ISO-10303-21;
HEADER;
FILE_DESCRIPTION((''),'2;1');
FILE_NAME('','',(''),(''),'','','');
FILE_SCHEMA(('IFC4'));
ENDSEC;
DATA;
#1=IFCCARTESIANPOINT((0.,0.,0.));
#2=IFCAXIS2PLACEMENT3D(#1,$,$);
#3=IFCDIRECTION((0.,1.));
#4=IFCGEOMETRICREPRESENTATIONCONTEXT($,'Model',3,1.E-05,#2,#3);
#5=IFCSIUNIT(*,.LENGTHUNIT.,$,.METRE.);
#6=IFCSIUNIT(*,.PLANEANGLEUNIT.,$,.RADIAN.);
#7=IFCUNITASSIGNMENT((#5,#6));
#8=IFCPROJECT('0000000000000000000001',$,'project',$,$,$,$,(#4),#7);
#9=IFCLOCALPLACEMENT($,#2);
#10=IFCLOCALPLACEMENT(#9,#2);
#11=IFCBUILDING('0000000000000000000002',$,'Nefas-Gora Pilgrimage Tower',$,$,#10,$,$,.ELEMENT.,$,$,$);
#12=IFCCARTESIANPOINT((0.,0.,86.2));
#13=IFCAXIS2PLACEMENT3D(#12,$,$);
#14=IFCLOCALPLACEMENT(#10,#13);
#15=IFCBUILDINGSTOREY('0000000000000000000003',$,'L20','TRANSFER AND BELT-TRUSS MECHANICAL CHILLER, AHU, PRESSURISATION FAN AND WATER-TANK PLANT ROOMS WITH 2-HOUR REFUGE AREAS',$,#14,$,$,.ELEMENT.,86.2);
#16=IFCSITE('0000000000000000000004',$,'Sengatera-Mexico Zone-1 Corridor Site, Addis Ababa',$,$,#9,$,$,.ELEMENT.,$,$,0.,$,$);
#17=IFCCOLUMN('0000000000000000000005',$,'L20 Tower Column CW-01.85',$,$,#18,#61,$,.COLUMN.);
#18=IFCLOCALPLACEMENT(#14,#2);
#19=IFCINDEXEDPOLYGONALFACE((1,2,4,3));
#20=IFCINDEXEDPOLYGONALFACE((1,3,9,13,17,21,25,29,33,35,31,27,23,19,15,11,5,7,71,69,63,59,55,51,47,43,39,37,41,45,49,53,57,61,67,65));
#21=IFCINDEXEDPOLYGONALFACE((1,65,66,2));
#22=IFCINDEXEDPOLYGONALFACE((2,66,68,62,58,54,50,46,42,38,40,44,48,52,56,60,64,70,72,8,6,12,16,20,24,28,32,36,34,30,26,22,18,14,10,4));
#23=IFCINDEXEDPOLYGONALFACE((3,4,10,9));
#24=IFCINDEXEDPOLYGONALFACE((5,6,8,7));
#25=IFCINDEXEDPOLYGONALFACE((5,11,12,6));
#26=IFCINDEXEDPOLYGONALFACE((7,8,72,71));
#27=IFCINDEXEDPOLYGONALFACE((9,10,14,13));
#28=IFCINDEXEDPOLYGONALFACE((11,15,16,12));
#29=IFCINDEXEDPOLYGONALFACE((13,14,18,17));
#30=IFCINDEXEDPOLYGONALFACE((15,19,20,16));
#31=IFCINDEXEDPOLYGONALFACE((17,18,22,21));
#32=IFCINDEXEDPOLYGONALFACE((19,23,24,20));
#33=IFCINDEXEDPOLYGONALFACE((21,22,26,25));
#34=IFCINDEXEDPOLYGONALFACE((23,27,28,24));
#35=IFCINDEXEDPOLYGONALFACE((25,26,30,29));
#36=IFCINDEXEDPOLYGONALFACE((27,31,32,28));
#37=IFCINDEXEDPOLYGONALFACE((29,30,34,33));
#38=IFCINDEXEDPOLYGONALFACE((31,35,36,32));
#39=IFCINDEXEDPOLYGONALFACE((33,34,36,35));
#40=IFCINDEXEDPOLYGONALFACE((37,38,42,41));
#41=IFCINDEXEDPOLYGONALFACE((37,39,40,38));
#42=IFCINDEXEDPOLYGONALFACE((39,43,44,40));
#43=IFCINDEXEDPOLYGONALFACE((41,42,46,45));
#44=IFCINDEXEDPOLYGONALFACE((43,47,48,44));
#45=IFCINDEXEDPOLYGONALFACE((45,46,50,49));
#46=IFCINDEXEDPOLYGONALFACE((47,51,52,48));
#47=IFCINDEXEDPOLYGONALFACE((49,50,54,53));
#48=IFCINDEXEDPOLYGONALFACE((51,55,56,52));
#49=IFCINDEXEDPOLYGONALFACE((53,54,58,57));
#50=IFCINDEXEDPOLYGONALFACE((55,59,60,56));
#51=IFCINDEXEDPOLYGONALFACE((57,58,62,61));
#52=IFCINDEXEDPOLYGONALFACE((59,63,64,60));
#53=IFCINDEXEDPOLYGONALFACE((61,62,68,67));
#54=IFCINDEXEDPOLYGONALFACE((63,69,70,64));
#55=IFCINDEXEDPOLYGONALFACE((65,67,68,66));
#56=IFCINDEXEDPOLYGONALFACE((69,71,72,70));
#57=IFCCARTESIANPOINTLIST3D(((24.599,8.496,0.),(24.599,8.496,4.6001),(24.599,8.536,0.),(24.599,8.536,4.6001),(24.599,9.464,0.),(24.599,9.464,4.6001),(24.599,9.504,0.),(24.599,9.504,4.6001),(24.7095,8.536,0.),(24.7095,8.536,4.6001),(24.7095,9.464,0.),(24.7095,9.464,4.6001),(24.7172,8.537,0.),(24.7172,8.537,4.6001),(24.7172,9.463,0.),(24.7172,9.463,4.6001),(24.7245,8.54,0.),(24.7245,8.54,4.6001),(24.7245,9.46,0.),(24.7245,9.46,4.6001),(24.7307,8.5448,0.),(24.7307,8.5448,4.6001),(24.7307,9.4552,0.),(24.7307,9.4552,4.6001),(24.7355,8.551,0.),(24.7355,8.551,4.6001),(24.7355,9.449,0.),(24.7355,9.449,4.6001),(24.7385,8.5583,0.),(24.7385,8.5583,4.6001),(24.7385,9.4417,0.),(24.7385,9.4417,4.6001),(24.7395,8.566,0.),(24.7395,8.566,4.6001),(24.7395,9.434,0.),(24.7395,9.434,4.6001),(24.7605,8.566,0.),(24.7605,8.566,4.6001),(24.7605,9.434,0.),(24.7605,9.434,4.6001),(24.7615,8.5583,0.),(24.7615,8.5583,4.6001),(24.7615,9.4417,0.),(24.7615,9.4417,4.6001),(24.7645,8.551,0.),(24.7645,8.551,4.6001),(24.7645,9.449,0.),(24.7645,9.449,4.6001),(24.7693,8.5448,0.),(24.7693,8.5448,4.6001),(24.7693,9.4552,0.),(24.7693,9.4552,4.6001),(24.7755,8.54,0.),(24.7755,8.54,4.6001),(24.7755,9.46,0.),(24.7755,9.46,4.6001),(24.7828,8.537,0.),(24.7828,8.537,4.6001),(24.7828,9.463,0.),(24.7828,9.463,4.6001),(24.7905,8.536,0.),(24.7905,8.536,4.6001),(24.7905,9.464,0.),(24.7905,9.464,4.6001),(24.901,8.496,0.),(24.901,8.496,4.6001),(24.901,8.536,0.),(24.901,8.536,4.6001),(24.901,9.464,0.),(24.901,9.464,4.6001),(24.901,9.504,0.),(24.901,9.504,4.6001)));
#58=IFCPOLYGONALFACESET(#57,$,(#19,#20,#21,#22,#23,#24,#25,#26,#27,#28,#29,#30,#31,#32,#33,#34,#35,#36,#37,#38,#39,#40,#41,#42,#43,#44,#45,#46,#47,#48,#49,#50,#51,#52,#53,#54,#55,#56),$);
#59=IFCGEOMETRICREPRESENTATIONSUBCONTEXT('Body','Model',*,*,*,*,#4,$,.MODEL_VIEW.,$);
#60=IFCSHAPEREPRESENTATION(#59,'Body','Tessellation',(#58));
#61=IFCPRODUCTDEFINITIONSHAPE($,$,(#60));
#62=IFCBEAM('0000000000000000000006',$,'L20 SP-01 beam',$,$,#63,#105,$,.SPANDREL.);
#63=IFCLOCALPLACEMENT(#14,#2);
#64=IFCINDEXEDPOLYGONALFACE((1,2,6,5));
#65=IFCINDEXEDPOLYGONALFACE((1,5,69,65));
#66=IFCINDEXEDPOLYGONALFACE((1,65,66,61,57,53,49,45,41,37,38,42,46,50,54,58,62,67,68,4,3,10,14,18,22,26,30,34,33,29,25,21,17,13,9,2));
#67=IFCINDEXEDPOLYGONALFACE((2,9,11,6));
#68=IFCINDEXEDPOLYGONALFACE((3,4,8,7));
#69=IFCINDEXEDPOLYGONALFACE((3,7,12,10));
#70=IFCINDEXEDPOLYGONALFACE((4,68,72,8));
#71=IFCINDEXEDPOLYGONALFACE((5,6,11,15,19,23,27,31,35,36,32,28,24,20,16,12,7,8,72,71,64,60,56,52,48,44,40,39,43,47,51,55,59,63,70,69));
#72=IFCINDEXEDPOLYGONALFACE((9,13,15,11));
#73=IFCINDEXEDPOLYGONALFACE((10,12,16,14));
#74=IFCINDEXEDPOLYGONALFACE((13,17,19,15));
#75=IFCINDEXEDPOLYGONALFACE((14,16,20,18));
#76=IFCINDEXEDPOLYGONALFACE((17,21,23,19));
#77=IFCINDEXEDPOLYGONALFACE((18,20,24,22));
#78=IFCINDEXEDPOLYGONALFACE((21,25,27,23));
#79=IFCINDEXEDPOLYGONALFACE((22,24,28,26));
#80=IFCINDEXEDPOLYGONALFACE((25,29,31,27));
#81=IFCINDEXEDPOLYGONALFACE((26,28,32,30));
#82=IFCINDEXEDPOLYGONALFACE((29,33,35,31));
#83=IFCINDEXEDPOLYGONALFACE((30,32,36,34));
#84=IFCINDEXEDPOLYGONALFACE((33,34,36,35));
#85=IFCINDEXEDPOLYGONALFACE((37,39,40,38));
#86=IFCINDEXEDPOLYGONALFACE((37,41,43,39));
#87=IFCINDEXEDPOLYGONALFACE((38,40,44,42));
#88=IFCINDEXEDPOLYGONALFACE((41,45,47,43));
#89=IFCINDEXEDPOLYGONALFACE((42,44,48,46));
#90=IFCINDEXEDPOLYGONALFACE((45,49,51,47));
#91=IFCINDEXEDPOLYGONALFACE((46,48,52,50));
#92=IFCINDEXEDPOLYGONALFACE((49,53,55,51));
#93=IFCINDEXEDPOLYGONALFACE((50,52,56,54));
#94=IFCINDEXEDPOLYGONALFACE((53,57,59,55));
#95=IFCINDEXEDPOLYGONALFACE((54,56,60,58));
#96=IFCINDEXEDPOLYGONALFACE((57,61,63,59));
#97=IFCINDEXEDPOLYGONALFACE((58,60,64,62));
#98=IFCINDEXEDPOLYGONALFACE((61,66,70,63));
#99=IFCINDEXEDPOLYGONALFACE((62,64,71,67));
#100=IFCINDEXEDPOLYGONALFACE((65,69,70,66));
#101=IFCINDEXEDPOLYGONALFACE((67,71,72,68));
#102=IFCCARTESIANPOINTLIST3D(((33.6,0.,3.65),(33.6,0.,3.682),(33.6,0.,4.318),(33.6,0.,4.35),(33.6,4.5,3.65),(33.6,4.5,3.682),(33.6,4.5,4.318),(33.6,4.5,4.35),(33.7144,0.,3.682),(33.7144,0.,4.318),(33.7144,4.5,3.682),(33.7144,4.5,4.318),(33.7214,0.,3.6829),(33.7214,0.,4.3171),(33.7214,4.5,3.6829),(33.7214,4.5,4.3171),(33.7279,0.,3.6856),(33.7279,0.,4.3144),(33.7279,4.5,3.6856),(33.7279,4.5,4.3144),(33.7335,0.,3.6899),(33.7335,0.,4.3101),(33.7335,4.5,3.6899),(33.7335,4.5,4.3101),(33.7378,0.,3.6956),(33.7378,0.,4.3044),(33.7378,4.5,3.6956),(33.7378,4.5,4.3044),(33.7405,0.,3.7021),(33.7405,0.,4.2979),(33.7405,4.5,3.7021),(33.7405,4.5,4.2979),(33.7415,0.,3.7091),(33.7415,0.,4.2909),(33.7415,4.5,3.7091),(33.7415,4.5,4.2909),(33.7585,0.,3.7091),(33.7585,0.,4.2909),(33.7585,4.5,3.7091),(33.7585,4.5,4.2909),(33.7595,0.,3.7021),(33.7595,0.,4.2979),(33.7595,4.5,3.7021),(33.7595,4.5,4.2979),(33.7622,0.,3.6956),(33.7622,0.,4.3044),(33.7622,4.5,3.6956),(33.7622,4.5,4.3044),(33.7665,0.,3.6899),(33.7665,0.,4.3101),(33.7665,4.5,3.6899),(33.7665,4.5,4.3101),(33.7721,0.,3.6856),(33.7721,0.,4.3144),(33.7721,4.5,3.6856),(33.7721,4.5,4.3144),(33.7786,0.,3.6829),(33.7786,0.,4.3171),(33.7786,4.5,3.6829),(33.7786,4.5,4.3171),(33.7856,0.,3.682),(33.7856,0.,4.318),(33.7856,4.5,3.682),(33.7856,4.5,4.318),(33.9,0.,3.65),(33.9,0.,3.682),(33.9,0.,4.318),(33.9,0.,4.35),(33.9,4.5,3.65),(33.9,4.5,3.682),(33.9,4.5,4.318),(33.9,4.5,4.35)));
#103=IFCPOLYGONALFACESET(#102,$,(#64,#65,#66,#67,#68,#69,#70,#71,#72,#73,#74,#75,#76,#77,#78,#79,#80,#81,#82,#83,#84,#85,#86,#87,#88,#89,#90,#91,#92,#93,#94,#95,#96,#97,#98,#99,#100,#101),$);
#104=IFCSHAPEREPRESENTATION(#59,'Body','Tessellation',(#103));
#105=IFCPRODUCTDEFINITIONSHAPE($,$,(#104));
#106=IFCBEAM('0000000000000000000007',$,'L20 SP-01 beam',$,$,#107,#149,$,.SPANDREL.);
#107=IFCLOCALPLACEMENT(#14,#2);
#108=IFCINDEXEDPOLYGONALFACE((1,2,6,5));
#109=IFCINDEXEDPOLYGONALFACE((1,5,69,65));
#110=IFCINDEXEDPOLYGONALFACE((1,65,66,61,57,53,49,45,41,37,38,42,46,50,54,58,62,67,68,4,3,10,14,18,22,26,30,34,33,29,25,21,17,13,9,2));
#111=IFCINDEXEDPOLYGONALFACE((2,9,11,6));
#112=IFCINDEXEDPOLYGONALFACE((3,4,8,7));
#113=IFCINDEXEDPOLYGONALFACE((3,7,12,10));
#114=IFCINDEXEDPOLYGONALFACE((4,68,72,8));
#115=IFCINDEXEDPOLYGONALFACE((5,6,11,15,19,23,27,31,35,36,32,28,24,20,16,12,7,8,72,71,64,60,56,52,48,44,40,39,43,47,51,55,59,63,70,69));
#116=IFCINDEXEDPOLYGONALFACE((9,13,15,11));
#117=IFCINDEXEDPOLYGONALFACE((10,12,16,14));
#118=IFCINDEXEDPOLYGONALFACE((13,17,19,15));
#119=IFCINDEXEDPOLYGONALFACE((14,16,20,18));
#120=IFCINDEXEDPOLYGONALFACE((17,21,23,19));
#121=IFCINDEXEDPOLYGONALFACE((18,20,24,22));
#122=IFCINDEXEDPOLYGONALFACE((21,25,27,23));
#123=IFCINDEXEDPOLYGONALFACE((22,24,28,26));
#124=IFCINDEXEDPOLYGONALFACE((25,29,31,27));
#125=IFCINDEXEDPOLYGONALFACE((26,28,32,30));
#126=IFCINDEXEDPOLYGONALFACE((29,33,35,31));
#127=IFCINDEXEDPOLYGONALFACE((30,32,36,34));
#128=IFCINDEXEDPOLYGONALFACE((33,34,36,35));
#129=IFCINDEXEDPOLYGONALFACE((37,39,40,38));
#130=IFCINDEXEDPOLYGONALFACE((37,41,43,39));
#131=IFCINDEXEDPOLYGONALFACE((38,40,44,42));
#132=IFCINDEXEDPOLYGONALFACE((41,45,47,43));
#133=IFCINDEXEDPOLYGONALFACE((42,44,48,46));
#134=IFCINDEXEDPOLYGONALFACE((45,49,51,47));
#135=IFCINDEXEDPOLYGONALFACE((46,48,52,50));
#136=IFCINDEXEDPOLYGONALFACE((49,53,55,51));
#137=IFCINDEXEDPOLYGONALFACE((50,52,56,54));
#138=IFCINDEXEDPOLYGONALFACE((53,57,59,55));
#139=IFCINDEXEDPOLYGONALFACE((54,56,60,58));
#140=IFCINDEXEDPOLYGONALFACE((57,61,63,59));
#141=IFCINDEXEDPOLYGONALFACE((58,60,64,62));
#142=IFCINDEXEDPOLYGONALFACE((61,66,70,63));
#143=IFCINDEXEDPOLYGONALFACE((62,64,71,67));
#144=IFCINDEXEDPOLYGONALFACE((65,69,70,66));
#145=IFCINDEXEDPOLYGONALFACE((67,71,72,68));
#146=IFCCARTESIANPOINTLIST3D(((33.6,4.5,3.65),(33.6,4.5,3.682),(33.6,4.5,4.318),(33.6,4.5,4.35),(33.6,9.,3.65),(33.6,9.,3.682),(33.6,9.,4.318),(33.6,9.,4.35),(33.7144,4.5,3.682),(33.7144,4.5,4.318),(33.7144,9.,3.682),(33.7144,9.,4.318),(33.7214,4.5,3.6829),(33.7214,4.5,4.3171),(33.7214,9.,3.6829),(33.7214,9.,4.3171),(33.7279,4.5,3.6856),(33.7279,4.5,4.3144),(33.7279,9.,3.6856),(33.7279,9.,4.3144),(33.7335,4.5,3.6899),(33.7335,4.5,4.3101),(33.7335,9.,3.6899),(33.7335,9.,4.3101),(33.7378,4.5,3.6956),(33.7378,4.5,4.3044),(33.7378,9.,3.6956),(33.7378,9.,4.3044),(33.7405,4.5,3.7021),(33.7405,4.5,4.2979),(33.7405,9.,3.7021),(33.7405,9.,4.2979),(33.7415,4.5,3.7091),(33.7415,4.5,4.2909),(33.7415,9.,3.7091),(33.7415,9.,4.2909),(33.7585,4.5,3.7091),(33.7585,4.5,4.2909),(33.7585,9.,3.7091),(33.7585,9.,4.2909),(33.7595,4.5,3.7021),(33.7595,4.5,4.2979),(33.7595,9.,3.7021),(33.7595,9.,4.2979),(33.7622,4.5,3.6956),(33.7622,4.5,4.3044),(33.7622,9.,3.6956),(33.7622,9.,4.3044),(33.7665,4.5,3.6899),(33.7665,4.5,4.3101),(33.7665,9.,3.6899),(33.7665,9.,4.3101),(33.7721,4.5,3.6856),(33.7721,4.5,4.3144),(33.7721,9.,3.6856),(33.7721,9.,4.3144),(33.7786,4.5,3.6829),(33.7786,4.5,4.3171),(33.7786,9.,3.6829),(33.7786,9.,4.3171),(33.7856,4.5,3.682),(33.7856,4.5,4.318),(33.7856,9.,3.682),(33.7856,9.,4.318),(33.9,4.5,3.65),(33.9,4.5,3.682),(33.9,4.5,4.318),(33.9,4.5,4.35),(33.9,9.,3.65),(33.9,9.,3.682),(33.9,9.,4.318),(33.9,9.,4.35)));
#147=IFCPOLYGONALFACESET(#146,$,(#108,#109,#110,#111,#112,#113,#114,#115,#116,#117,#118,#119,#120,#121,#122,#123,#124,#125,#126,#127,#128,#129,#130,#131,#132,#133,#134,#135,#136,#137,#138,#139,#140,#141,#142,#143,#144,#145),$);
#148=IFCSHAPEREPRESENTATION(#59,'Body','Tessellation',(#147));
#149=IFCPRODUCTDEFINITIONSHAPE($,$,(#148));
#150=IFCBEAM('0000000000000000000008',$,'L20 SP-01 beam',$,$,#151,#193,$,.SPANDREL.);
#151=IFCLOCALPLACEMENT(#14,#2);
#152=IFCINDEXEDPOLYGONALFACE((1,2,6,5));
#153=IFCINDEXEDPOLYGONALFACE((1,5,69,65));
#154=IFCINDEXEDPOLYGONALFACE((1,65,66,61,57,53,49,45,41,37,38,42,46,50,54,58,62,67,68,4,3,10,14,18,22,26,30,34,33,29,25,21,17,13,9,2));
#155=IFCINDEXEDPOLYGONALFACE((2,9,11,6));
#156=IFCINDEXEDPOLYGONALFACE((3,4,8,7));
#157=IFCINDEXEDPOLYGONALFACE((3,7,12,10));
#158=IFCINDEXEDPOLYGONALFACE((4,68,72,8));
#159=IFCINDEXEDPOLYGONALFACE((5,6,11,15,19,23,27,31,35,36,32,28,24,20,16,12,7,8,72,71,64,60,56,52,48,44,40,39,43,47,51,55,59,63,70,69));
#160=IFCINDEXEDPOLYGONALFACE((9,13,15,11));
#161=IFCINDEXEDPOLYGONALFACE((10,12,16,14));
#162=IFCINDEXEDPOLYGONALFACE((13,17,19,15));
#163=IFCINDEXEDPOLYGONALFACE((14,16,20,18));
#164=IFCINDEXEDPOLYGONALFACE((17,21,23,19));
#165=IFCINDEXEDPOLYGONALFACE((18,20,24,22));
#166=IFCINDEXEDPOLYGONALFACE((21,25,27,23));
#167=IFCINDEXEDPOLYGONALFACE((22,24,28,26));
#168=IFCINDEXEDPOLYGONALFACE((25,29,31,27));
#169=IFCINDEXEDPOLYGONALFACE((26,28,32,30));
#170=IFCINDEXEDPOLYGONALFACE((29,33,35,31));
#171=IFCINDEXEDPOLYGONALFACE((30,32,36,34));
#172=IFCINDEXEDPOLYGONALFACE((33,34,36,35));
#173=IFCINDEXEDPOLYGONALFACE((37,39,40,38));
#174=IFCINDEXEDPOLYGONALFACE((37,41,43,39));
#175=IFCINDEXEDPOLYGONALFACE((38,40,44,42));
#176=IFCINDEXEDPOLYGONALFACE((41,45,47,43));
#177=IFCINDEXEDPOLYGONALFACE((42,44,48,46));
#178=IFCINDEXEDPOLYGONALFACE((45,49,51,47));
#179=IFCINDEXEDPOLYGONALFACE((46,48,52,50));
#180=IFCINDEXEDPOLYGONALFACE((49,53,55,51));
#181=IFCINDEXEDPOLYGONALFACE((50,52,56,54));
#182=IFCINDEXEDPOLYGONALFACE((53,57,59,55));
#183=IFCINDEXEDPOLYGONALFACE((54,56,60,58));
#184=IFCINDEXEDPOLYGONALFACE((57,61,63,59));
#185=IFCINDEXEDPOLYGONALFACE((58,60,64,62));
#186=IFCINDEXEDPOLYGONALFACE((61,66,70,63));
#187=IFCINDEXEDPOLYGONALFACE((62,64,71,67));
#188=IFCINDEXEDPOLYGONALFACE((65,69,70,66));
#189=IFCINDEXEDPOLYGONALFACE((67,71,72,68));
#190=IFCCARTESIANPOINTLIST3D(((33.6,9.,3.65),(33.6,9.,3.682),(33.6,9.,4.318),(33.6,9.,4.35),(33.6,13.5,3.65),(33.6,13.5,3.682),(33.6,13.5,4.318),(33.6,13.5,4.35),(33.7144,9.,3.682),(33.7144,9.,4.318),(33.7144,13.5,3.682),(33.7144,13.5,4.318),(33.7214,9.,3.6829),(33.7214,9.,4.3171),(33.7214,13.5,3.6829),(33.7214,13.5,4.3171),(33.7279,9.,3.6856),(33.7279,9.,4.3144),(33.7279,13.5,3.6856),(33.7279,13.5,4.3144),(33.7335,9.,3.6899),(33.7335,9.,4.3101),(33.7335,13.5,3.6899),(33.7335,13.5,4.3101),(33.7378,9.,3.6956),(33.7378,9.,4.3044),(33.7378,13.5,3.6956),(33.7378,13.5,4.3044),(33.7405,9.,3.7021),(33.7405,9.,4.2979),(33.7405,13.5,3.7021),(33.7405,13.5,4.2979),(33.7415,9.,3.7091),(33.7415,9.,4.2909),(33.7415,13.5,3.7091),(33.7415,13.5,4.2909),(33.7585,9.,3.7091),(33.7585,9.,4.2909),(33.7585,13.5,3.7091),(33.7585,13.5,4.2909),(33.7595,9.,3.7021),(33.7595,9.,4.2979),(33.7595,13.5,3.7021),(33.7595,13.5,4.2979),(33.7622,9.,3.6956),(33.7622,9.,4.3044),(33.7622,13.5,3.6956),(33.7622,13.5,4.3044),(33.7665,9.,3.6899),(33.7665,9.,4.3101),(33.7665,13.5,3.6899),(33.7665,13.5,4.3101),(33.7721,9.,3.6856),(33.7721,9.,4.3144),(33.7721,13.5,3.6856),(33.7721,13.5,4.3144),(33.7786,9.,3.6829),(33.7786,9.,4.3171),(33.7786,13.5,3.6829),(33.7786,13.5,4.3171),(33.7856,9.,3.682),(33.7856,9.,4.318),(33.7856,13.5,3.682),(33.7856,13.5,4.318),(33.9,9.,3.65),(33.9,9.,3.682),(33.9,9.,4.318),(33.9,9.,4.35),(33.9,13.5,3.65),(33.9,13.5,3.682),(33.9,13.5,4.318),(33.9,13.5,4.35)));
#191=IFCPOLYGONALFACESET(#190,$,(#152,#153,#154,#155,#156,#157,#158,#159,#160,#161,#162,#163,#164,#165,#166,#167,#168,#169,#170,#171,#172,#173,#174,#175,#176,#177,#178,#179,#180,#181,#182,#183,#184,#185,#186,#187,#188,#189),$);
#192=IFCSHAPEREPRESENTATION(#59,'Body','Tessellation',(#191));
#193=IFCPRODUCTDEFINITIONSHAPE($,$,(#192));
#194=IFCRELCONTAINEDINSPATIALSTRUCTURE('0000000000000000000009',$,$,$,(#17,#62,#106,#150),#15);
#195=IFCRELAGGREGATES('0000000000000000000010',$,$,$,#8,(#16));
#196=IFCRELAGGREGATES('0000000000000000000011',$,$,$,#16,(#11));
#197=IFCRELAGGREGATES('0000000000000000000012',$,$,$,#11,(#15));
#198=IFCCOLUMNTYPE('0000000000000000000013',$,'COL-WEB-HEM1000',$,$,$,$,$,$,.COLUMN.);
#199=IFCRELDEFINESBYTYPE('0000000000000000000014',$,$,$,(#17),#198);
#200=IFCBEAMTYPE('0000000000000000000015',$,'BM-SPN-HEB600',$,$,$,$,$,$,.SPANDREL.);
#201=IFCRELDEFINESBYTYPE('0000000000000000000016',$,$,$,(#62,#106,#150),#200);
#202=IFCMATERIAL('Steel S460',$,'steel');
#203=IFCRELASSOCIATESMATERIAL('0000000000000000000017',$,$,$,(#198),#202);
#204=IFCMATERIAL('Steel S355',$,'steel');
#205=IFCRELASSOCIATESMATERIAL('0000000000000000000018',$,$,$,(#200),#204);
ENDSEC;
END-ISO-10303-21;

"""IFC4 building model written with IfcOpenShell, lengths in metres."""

from ifc_helpers import new_model, si_unit, direction, frame, origin, origin_2d, place, context, subcontext, project, spatial, i_section, extrude, source, transform, mapped, material, material_profile, profile_set, type_object, element, save


model = new_model("IFC4")

# Units and contexts
model_context = context("Model", 3, precision=1e-05, world=origin(), true_north=direction((0.0, 1.0)))
body_context = subcontext(model_context, "Body", "Model", "MODEL_VIEW")
ifc_project = project(units=[si_unit("LENGTHUNIT", "METRE"), si_unit("PLANEANGLEUNIT", "RADIAN")], contexts=[model_context])

# Site, building, storey
site_placement = place(None, origin())
site = spatial("IfcSite", under=ifc_project, at=site_placement, Name="Sengatera-Mexico Zone-1 Corridor Site, Addis Ababa", CompositionType="ELEMENT", RefElevation=0.0)
building_placement = place(site_placement, origin())
building = spatial("IfcBuilding", under=site, at=building_placement, Name="Nefas-Gora Pilgrimage Tower", CompositionType="ELEMENT")
storey_placement = place(building_placement, frame((0.0, 0.0, 86.2)))
storey = spatial("IfcBuildingStorey", under=building, at=storey_placement, Name="L20", Description="TRANSFER AND BELT-TRUSS MECHANICAL CHILLER, AHU, PRESSURISATION FAN AND WATER-TANK PLANT ROOMS WITH 2-HOUR REFUGE AREAS", CompositionType="ELEMENT", Elevation=86.2)

# Column
ifc_material_1 = material(Name="Steel S460", Category="steel")
ifc_material_profile_1 = material_profile(ifc_material_1, i_section(OverallWidth=0.302, OverallDepth=1.0081, WebThickness=0.021, FlangeThickness=0.04, FilletRadius=0.03, at=origin_2d()), Name="HEM 1000")
ifc_profile_set_1 = profile_set([ifc_material_profile_1], Name="Steel S460")
column_type_1 = type_object("IfcColumnType", Name="COL-WEB-HEM1000", PredefinedType="COLUMN", material=ifc_profile_set_1)
shared_shape_1 = source(origin(), body_context, "Body", "SweptSolid", [
    extrude(i_section(OverallWidth=0.302, OverallDepth=1.0081, WebThickness=0.021, FlangeThickness=0.04, FilletRadius=0.03, at=origin_2d()), origin(), (0.0, 0.0, 1.0), 4.6001),
])
for number, where, z_axis, x_axis, name in (
    (1, (24.75, 9.0, 0.0), (0.0, 0.0, 1.0), (1.0, 0.0, 0.0), "L20 Tower Column CW-01.85"),
):
    element("IfcColumn", number, at=place(storey_placement, frame(where, z_axis=z_axis, x_axis=x_axis)), inside=storey, type_object=column_type_1, Name=name, PredefinedType="COLUMN", context=body_context, shape_type="MappedRepresentation", body=[
        mapped(shared_shape_1, transform((0.0, 0.0, 0.0), x_axis=(1.0, 0.0, 0.0), y_axis=(0.0, 1.0, 0.0), z_axis=(0.0, 0.0, 1.0), scale=1.0)),
    ])

# Beams
ifc_material_2 = material(Name="Steel S355", Category="steel")
ifc_material_profile_2 = material_profile(ifc_material_2, i_section(OverallWidth=0.3, OverallDepth=0.7, WebThickness=0.0171, FlangeThickness=0.032, FilletRadius=0.0271, at=origin_2d()), Name="HEB 700")
ifc_profile_set_2 = profile_set([ifc_material_profile_2], Name="Steel S355")
beam_type_1 = type_object("IfcBeamType", Name="BM-SPN-HEB600", PredefinedType="SPANDREL", material=ifc_profile_set_2)
shared_shape_2 = source(origin(), body_context, "Body", "SweptSolid", [
    extrude(i_section(OverallWidth=0.3, OverallDepth=0.7, WebThickness=0.0171, FlangeThickness=0.032, FilletRadius=0.0271, at=origin_2d()), origin(), (0.0, 0.0, 1.0), 4.5),
])
for number, where, z_axis, x_axis, name in (
    (2, (33.75, 0.0, 4.0), (0.0, 1.0, 0.0), (-1.0, 0.0, 0.0), "L20 SP-01 beam"),
    (3, (33.75, 4.5, 4.0), (0.0, 1.0, 0.0), (-1.0, 0.0, 0.0), "L20 SP-01 beam"),
    (4, (33.75, 9.0, 4.0), (0.0, 1.0, 0.0), (-1.0, 0.0, 0.0), "L20 SP-01 beam"),
):
    element("IfcBeam", number, at=place(storey_placement, frame(where, z_axis=z_axis, x_axis=x_axis)), inside=storey, type_object=beam_type_1, Name=name, PredefinedType="SPANDREL", context=body_context, shape_type="MappedRepresentation", body=[
        mapped(shared_shape_2, transform((0.0, 0.0, 0.0), x_axis=(1.0, 0.0, 0.0), y_axis=(0.0, 1.0, 0.0), z_axis=(0.0, 0.0, 1.0), scale=1.0)),
    ])

save(model, "model.ifc")
